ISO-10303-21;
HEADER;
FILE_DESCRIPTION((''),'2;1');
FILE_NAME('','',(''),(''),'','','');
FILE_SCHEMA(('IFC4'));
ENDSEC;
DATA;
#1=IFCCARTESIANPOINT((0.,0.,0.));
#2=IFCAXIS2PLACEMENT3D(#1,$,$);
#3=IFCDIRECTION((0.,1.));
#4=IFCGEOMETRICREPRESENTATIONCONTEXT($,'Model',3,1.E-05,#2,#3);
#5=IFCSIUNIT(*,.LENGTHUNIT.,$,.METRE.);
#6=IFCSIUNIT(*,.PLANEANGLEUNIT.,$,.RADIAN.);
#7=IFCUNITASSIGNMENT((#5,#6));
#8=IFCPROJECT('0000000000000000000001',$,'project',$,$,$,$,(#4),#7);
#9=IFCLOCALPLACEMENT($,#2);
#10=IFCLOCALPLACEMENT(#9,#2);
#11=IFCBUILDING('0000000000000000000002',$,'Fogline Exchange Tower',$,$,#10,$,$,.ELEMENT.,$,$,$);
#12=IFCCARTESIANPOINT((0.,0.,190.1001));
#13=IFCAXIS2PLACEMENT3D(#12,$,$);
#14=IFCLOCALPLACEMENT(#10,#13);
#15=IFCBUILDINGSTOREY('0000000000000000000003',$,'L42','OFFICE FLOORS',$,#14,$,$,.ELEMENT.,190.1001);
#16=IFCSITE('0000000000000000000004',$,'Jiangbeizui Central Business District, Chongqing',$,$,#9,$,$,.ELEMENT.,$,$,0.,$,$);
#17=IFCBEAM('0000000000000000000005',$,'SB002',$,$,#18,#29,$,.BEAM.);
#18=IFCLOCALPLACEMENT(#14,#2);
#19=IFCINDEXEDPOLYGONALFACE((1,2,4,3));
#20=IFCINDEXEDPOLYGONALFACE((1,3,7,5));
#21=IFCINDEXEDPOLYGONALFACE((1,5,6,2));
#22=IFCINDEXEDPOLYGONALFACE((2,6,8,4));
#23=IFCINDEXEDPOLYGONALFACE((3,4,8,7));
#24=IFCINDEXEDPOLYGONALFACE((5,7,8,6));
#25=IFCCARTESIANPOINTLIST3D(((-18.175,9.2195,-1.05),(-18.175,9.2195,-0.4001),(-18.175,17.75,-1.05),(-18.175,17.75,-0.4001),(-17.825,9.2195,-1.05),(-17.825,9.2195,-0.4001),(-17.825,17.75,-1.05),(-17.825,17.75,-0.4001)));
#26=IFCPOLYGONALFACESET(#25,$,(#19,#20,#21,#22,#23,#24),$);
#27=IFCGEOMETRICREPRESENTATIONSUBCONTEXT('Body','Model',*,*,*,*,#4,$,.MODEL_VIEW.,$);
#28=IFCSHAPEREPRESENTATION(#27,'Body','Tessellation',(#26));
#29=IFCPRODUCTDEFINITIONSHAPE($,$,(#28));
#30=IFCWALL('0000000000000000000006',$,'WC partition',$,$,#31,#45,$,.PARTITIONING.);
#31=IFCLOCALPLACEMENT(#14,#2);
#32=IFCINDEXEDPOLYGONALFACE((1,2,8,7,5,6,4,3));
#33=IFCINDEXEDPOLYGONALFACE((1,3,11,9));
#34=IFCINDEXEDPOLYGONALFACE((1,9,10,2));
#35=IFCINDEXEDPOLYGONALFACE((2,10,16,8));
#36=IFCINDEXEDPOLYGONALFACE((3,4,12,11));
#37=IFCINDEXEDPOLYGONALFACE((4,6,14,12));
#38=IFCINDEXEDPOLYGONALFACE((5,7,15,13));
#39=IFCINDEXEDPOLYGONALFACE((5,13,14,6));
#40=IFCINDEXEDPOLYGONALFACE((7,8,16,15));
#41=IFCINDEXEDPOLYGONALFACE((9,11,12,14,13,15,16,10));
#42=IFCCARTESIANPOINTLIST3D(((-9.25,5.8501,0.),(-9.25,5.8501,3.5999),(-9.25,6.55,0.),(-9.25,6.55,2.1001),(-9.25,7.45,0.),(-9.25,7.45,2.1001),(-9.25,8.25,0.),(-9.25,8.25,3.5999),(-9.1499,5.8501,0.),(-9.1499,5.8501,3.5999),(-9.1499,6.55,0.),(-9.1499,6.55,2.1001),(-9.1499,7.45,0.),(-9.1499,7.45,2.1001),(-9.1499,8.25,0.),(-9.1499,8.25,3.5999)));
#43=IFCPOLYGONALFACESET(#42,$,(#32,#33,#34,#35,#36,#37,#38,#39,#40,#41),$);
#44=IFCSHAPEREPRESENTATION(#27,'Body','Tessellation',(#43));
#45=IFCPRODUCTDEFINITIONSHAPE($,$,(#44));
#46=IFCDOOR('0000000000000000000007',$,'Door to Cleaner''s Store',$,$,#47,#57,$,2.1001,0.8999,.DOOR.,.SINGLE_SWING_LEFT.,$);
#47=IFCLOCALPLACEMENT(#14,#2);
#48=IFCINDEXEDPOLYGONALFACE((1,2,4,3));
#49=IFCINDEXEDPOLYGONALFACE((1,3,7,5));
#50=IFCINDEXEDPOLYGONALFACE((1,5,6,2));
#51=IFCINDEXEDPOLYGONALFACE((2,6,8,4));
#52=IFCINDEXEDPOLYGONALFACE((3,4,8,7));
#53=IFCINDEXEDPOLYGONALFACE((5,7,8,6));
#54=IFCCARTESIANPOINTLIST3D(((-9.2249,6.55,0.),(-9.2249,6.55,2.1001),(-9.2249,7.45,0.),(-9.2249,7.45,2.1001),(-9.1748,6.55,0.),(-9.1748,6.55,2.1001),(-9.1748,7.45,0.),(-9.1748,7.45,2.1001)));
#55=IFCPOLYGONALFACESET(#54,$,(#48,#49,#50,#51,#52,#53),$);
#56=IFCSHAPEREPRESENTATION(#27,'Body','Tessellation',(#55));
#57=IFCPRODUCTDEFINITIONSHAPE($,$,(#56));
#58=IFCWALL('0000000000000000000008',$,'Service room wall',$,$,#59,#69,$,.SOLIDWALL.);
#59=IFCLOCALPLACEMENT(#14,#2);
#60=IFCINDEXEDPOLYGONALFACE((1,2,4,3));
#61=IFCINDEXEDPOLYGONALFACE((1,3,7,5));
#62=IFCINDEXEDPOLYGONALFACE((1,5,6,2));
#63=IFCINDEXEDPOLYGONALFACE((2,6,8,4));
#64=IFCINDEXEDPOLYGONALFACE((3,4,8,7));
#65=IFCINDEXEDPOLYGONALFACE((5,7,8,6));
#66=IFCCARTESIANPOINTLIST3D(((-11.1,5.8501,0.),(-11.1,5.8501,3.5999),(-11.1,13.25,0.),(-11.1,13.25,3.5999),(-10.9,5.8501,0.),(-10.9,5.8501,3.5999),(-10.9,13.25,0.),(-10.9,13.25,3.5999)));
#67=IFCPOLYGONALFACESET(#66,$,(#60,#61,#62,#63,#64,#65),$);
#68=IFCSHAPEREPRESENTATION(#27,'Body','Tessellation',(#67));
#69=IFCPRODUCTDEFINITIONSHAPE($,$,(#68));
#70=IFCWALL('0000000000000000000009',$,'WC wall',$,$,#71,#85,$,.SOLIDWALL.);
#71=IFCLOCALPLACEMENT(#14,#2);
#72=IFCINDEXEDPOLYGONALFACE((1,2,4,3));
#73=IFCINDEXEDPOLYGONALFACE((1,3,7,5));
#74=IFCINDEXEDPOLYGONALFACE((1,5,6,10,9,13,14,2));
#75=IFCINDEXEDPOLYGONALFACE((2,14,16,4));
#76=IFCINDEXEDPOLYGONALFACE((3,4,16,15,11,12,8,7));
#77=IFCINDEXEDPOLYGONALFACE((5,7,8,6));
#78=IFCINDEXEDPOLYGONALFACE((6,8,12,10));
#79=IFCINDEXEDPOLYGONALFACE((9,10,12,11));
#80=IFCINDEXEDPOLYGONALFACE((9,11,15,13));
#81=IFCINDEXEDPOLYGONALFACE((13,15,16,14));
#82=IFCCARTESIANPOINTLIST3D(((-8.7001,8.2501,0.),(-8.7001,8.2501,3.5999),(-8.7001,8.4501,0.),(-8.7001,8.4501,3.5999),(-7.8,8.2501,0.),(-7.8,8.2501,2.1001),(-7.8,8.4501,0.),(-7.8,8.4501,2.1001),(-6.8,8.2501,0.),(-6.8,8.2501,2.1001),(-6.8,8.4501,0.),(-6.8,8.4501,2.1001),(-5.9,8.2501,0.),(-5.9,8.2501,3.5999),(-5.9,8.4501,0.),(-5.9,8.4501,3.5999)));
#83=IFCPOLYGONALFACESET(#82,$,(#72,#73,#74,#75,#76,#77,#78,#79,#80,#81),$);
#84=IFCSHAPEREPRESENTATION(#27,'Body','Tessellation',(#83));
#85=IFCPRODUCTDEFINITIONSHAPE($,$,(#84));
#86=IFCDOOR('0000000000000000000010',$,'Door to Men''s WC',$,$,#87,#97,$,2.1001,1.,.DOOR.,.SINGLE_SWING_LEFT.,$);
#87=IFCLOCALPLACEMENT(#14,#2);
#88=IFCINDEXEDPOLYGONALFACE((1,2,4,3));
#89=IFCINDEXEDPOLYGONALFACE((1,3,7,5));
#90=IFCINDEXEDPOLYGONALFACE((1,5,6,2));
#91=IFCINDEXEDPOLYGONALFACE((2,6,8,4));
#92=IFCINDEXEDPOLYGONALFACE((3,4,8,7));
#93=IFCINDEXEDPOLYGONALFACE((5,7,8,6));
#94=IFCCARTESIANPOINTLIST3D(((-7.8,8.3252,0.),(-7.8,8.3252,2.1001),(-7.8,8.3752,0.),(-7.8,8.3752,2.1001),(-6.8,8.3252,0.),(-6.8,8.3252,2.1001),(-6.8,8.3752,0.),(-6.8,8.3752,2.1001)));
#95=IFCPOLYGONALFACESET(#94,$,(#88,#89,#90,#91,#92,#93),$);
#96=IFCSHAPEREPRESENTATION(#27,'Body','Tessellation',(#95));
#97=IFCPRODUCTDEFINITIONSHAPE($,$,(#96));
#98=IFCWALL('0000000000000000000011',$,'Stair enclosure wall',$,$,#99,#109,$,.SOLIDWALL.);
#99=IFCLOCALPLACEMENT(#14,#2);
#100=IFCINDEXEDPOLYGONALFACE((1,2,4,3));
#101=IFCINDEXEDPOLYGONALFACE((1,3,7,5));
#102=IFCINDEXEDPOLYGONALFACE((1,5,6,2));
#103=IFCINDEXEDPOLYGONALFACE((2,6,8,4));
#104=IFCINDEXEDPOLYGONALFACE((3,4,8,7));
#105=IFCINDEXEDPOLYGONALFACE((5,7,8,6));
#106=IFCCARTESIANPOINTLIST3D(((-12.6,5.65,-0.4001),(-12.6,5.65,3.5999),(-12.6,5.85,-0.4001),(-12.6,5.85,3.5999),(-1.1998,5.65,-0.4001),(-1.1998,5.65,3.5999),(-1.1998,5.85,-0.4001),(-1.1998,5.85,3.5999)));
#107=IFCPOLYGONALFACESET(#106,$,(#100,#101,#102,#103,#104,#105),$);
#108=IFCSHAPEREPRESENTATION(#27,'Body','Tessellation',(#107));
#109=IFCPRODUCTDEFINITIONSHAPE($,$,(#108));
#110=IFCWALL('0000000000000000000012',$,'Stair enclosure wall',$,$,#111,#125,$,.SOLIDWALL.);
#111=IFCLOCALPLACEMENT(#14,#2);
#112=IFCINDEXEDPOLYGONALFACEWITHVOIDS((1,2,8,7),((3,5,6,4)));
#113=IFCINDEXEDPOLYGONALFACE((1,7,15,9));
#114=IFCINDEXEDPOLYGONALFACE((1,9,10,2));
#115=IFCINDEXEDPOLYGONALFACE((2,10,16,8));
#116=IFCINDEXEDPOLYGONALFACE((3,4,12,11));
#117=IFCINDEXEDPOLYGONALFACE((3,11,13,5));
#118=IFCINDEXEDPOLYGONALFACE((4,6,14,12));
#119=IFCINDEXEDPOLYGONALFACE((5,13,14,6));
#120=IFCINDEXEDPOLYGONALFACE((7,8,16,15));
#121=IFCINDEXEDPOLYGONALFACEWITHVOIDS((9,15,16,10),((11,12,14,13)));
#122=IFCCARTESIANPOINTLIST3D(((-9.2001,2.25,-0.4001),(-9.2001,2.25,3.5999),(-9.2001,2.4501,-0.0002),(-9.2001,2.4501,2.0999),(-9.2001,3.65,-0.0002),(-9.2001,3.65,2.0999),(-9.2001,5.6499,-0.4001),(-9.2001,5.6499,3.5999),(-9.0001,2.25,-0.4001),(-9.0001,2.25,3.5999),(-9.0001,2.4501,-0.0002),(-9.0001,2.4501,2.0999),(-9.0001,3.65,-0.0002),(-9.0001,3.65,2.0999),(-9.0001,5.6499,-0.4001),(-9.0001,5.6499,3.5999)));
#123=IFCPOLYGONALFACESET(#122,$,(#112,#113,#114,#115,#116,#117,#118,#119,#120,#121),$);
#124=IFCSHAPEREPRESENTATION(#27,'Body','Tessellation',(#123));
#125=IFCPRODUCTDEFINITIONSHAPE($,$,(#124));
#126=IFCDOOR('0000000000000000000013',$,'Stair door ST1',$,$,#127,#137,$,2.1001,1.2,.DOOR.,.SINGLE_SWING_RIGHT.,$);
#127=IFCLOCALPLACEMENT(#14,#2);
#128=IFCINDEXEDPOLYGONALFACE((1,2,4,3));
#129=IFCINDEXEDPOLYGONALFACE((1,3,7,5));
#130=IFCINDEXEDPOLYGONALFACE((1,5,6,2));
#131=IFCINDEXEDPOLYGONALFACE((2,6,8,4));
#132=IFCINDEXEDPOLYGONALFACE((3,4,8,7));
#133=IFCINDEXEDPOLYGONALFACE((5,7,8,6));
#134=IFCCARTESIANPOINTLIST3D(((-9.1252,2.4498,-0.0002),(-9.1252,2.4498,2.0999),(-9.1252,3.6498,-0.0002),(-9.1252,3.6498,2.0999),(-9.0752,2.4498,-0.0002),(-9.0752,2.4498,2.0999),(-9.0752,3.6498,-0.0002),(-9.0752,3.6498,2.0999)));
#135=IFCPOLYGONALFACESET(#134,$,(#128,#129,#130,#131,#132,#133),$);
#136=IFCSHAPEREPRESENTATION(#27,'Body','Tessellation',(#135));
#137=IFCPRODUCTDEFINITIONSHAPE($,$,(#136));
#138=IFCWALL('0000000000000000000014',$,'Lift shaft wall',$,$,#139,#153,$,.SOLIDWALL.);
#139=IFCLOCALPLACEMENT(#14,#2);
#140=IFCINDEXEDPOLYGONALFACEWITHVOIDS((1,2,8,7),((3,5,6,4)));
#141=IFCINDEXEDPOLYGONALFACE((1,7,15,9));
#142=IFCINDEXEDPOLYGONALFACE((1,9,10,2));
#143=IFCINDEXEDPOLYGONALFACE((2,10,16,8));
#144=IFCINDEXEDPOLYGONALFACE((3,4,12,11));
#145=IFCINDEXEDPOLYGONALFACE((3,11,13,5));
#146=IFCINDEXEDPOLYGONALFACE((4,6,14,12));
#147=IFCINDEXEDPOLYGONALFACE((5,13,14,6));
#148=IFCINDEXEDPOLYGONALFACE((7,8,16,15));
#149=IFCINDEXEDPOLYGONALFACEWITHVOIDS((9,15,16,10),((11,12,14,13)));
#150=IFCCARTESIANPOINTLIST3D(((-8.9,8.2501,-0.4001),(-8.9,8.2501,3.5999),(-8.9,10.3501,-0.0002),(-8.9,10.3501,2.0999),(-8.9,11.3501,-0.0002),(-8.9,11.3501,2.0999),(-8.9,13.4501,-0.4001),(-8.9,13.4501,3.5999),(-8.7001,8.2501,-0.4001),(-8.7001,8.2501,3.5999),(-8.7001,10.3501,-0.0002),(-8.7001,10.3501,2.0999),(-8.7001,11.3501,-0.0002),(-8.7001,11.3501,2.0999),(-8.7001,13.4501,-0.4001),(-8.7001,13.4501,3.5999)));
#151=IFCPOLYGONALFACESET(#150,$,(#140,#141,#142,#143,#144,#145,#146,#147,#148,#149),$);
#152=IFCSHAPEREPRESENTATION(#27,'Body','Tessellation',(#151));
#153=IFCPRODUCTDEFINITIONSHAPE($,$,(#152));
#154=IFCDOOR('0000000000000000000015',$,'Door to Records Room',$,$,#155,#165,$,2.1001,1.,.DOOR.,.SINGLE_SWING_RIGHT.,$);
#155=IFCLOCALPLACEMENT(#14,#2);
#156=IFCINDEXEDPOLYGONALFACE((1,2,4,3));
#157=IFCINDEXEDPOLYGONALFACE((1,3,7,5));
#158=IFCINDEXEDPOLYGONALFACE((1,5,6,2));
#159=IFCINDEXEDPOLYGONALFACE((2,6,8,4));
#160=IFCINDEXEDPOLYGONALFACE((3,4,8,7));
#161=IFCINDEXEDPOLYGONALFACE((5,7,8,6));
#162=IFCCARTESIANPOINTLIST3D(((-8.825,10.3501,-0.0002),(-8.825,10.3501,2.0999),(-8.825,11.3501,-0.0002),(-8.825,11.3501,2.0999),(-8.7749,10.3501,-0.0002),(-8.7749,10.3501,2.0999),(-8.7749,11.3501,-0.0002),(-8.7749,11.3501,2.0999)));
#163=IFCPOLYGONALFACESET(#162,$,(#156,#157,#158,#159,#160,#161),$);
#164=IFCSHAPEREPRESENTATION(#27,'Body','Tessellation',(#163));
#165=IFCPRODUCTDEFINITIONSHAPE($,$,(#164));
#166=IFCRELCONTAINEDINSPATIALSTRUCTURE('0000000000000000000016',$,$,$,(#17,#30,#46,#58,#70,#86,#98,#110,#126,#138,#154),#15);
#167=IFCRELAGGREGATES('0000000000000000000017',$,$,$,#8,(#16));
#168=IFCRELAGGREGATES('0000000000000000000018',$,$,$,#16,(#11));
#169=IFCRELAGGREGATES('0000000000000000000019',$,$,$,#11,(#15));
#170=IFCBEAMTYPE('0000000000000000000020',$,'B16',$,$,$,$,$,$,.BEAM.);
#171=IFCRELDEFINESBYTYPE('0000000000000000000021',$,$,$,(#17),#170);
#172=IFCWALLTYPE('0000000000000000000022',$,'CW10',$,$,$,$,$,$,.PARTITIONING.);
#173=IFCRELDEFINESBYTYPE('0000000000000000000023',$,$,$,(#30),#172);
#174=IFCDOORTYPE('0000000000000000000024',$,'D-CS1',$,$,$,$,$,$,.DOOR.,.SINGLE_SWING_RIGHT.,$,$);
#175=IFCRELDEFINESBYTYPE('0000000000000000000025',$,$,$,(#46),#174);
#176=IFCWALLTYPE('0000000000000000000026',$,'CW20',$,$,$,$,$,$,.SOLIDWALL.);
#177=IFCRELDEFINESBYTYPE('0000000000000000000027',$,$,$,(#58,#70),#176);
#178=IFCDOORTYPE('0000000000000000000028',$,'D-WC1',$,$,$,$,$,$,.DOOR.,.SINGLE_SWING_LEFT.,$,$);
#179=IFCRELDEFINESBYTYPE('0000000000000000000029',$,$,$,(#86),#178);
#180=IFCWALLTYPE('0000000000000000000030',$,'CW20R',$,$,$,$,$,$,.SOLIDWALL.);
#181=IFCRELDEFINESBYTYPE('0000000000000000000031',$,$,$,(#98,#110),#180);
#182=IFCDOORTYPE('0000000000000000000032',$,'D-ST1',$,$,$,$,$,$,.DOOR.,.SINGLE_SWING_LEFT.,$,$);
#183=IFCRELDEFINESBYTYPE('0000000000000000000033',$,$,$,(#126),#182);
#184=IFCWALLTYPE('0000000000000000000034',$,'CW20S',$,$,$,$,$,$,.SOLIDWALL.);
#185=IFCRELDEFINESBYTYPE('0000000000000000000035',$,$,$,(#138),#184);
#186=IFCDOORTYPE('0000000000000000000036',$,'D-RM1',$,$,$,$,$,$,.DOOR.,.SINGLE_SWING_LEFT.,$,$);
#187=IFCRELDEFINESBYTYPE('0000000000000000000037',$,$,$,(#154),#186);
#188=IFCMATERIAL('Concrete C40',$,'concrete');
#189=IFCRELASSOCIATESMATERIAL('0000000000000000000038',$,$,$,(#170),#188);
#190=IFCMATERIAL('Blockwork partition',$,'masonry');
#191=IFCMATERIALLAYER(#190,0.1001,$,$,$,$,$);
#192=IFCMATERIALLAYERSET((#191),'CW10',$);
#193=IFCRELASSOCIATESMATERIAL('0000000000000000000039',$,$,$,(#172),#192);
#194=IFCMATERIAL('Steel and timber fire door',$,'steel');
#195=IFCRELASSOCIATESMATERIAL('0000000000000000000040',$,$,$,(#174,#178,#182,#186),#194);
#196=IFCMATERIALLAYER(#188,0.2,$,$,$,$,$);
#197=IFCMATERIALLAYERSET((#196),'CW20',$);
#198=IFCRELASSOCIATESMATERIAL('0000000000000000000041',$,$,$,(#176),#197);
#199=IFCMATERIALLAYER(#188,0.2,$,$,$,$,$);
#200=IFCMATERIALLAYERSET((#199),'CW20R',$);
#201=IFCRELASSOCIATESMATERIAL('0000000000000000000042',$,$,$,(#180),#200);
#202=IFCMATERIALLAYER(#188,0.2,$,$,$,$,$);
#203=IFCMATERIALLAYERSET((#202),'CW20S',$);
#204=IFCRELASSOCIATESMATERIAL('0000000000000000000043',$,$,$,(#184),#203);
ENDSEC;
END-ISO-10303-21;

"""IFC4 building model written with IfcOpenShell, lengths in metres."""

from ifc_helpers import new_model, si_unit, direction, frame, frame_2d, origin, origin_2d, place, context, subcontext, project, spatial, rectangle, extrude, material, layer, layer_set, material_profile, profile_set, type_object, element, fill, save


model = new_model("IFC4")

# Units and contexts
model_context = context("Model", 3, precision=1e-05, world=origin(), true_north=direction((0.0, 1.0)))
body_context = subcontext(model_context, "Body", "Model", "MODEL_VIEW")
ifc_project = project(units=[si_unit("LENGTHUNIT", "METRE"), si_unit("PLANEANGLEUNIT", "RADIAN")], contexts=[model_context])

# Site, building, storey
site_placement = place(None, origin())
site = spatial("IfcSite", under=ifc_project, at=site_placement, Name="Jiangbeizui Central Business District, Chongqing", CompositionType="ELEMENT", RefElevation=0.0)
building_placement = place(site_placement, origin())
building = spatial("IfcBuilding", under=site, at=building_placement, Name="Fogline Exchange Tower", CompositionType="ELEMENT")
storey_placement = place(building_placement, frame((0.0, 0.0, 190.1001)))
storey = spatial("IfcBuildingStorey", under=building, at=storey_placement, Name="L42", Description="OFFICE FLOORS", CompositionType="ELEMENT", Elevation=190.1001)

# Beam
ifc_material_1 = material(Name="Concrete C40", Category="concrete")
ifc_material_profile = material_profile(ifc_material_1, rectangle(XDim=0.3501, YDim=0.6499, at=origin_2d()), Name="RC 350x650")
ifc_profile_set = profile_set([ifc_material_profile], Name="Concrete C40")
beam_type = type_object("IfcBeamType", Name="B16", PredefinedType="BEAM", material=ifc_profile_set)
beam_placement = place(storey_placement, frame((-18.0, 9.2195, -0.7251), z_axis=(0.0, 1.0, 0.0), x_axis=(-1.0, 0.0, 0.0)))
element("IfcBeam", 1, at=beam_placement, inside=storey, type_object=beam_type, Name="SB002", PredefinedType="BEAM", context=body_context, shape_type="SweptSolid", body=[
    extrude(rectangle(XDim=0.3501, YDim=0.6499, at=origin_2d()), origin(), (0.0, 0.0, 1.0), 8.5305),
])

# Wall, opening, door
ifc_material_2 = material(Name="Blockwork partition", Category="masonry")
ifc_layer_1 = layer(ifc_material_2, 0.1001)
ifc_layer_set_1 = layer_set([ifc_layer_1], Name="CW10")
wall_type_1 = type_object("IfcWallType", Name="CW10", PredefinedType="PARTITIONING", material=ifc_layer_set_1)
wall_1_placement = place(storey_placement, frame((-9.2, 5.8501, 0.0), z_axis=(0.0, 0.0, 1.0), x_axis=(0.0, 1.0, 0.0)))
wall_1 = element("IfcWall", 2, at=wall_1_placement, inside=storey, type_object=wall_type_1, Name="WC partition", PredefinedType="PARTITIONING", context=body_context, shape_type="SweptSolid", body=[
    extrude(rectangle(XDim=2.3999, YDim=0.1001, at=frame_2d((1.2, 0.0))), origin(), (0.0, 0.0, 1.0), 3.5999),
])
opening_1_placement = place(wall_1_placement, frame((0.7, 0.0, 0.0)))
opening_1 = element("IfcOpeningElement", 3, at=opening_1_placement, cuts=wall_1, PredefinedType="OPENING", context=body_context, shape_type="SweptSolid", body=[
    extrude(rectangle(XDim=0.8999, YDim=2.1001, at=frame_2d((0.45, 1.05))), frame((0.0, 0.0601, 0.0), z_axis=(0.0, -1.0, 0.0), x_axis=(1.0, 0.0, 0.0)), (0.0, 0.0, 1.0), 0.1201),
])
ifc_material_3 = material(Name="Steel and timber fire door", Category="steel")
door_type_1 = type_object("IfcDoorType", Name="D-CS1", OperationType="SINGLE_SWING_RIGHT", PredefinedType="DOOR", material=ifc_material_3)
door_1_placement = place(opening_1_placement, origin())
door_1 = element("IfcDoor", 4, at=door_1_placement, inside=storey, type_object=door_type_1, Name="Door to Cleaner's Store", OperationType="SINGLE_SWING_LEFT", OverallHeight=2.1001, OverallWidth=0.8999, PredefinedType="DOOR", context=body_context, shape_type="SweptSolid", body=[
    extrude(rectangle(XDim=0.8999, YDim=2.1001, at=frame_2d((0.45, 1.05))), frame((0.0, 0.0249, 0.0), z_axis=(0.0, -1.0, 0.0), x_axis=(1.0, 0.0, 0.0)), (0.0, 0.0, 1.0), 0.05),
])
fill(opening_1, door_1)

# Wall
ifc_layer_2 = layer(ifc_material_1, 0.2)
ifc_layer_set_2 = layer_set([ifc_layer_2], Name="CW20")
wall_type_2 = type_object("IfcWallType", Name="CW20", PredefinedType="SOLIDWALL", material=ifc_layer_set_2)
wall_2_placement = place(storey_placement, frame((-11.0, 5.8501, 0.0), z_axis=(0.0, 0.0, 1.0), x_axis=(0.0, 1.0, 0.0)))
element("IfcWall", 5, at=wall_2_placement, inside=storey, type_object=wall_type_2, Name="Service room wall", PredefinedType="SOLIDWALL", context=body_context, shape_type="SweptSolid", body=[
    extrude(rectangle(XDim=7.3999, YDim=0.2, at=frame_2d((3.7, 0.0))), origin(), (0.0, 0.0, 1.0), 3.5999),
])

# Wall, opening, door
wall_3_placement = place(storey_placement, frame((-8.7, 8.3501, 0.0), z_axis=(0.0, 0.0, 1.0), x_axis=(1.0, 0.0, 0.0)))
wall_3 = element("IfcWall", 6, at=wall_3_placement, inside=storey, type_object=wall_type_2, Name="WC wall", PredefinedType="SOLIDWALL", context=body_context, shape_type="SweptSolid", body=[
    extrude(rectangle(XDim=2.8, YDim=0.2, at=frame_2d((1.3999, 0.0))), origin(), (0.0, 0.0, 1.0), 3.5999),
])
opening_2_placement = place(wall_3_placement, frame((0.8999, 0.0, 0.0)))
opening_2 = element("IfcOpeningElement", 7, at=opening_2_placement, cuts=wall_3, PredefinedType="OPENING", context=body_context, shape_type="SweptSolid", body=[
    extrude(rectangle(XDim=1.0, YDim=2.1001, at=frame_2d((0.5, 1.05))), frame((0.0, 0.1099, 0.0), z_axis=(0.0, -1.0, 0.0), x_axis=(1.0, 0.0, 0.0)), (0.0, 0.0, 1.0), 0.22),
])
door_type_2 = type_object("IfcDoorType", Name="D-WC1", OperationType="SINGLE_SWING_LEFT", PredefinedType="DOOR", material=ifc_material_3)
door_2_placement = place(opening_2_placement, frame((1.0, 0.0, 0.0), z_axis=(0.0, 0.0, 1.0), x_axis=(-1.0, 0.0, 0.0)))
door_2 = element("IfcDoor", 8, at=door_2_placement, inside=storey, type_object=door_type_2, Name="Door to Men's WC", OperationType="SINGLE_SWING_LEFT", OverallHeight=2.1001, OverallWidth=1.0, PredefinedType="DOOR", context=body_context, shape_type="SweptSolid", body=[
    extrude(rectangle(XDim=1.0, YDim=2.1001, at=frame_2d((0.5, 1.05))), frame((0.0, 0.0249, 0.0), z_axis=(0.0, -1.0, 0.0), x_axis=(1.0, 0.0, 0.0)), (0.0, 0.0, 1.0), 0.05),
])
fill(opening_2, door_2)

# Wall
ifc_layer_3 = layer(ifc_material_1, 0.2)
ifc_layer_set_3 = layer_set([ifc_layer_3], Name="CW20R")
wall_type_3 = type_object("IfcWallType", Name="CW20R", PredefinedType="SOLIDWALL", material=ifc_layer_set_3)
wall_4_placement = place(storey_placement, frame((-12.6001, 5.75, -0.4001), z_axis=(0.0, 0.0, 1.0), x_axis=(1.0, 0.0, 0.0)))
element("IfcWall", 9, at=wall_4_placement, inside=storey, type_object=wall_type_3, Name="Stair enclosure wall", PredefinedType="SOLIDWALL", context=body_context, shape_type="SweptSolid", body=[
    extrude(rectangle(XDim=11.4001, YDim=0.2, at=frame_2d((5.7002, 0.0))), origin(), (0.0, 0.0, 1.0), 4.0),
])

# Walls, openings, doors
wall_5_placement = place(storey_placement, frame((-9.1001, 2.25, -0.4001), z_axis=(0.0, 0.0, 1.0), x_axis=(0.0, 1.0, 0.0)))
wall_5 = element("IfcWall", 10, at=wall_5_placement, inside=storey, type_object=wall_type_3, Name="Stair enclosure wall", PredefinedType="SOLIDWALL", context=body_context, shape_type="SweptSolid", body=[
    extrude(rectangle(XDim=3.3999, YDim=0.2, at=frame_2d((1.7, 0.0))), origin(), (0.0, 0.0, 1.0), 4.0),
])
opening_3_placement = place(wall_5_placement, frame((0.2, 0.0, 0.3999)))
opening_3 = element("IfcOpeningElement", 11, at=opening_3_placement, cuts=wall_5, PredefinedType="OPENING", context=body_context, shape_type="SweptSolid", body=[
    extrude(rectangle(XDim=1.2, YDim=2.1001, at=frame_2d((0.6001, 1.05))), frame((0.0, 0.1099, 0.0), z_axis=(0.0, -1.0, 0.0), x_axis=(1.0, 0.0, 0.0)), (0.0, 0.0, 1.0), 0.22),
])
door_type_3 = type_object("IfcDoorType", Name="D-ST1", OperationType="SINGLE_SWING_LEFT", PredefinedType="DOOR", material=ifc_material_3)
door_3_placement = place(opening_3_placement, frame((1.2, 0.0, 0.0), z_axis=(0.0, 0.0, 1.0), x_axis=(-1.0, 0.0, 0.0)))
door_3 = element("IfcDoor", 12, at=door_3_placement, inside=storey, type_object=door_type_3, Name="Stair door ST1", OperationType="SINGLE_SWING_RIGHT", OverallHeight=2.1001, OverallWidth=1.2, PredefinedType="DOOR", context=body_context, shape_type="SweptSolid", body=[
    extrude(rectangle(XDim=1.2, YDim=2.1001, at=frame_2d((0.6001, 1.05))), frame((0.0, 0.0249, 0.0), z_axis=(0.0, -1.0, 0.0), x_axis=(1.0, 0.0, 0.0)), (0.0, 0.0, 1.0), 0.05),
])
fill(opening_3, door_3)
ifc_layer_4 = layer(ifc_material_1, 0.2)
ifc_layer_set_4 = layer_set([ifc_layer_4], Name="CW20S")
wall_type_4 = type_object("IfcWallType", Name="CW20S", PredefinedType="SOLIDWALL", material=ifc_layer_set_4)
wall_6_placement = place(storey_placement, frame((-8.8, 8.25, -0.4001), z_axis=(0.0, 0.0, 1.0), x_axis=(0.0, 1.0, 0.0)))
wall_6 = element("IfcWall", 13, at=wall_6_placement, inside=storey, type_object=wall_type_4, Name="Lift shaft wall", PredefinedType="SOLIDWALL", context=body_context, shape_type="SweptSolid", body=[
    extrude(rectangle(XDim=5.2, YDim=0.2, at=frame_2d((2.6001, 0.0))), origin(), (0.0, 0.0, 1.0), 4.0),
])
opening_4_placement = place(wall_6_placement, frame((2.1001, 0.0, 0.3999)))
opening_4 = element("IfcOpeningElement", 14, at=opening_4_placement, cuts=wall_6, PredefinedType="OPENING", context=body_context, shape_type="SweptSolid", body=[
    extrude(rectangle(XDim=1.0, YDim=2.1001, at=frame_2d((0.5, 1.05))), frame((0.0, 0.1099, 0.0), z_axis=(0.0, -1.0, 0.0), x_axis=(1.0, 0.0, 0.0)), (0.0, 0.0, 1.0), 0.22),
])
door_type_4 = type_object("IfcDoorType", Name="D-RM1", OperationType="SINGLE_SWING_LEFT", PredefinedType="DOOR", material=ifc_material_3)
door_4_placement = place(opening_4_placement, origin())
door_4 = element("IfcDoor", 15, at=door_4_placement, inside=storey, type_object=door_type_4, Name="Door to Records Room", OperationType="SINGLE_SWING_RIGHT", OverallHeight=2.1001, OverallWidth=1.0, PredefinedType="DOOR", context=body_context, shape_type="SweptSolid", body=[
    extrude(rectangle(XDim=1.0, YDim=2.1001, at=frame_2d((0.5, 1.05))), frame((0.0, 0.0249, 0.0), z_axis=(0.0, -1.0, 0.0), x_axis=(1.0, 0.0, 0.0)), (0.0, 0.0, 1.0), 0.05),
])
fill(opening_4, door_4)

save(model, "model.ifc")
